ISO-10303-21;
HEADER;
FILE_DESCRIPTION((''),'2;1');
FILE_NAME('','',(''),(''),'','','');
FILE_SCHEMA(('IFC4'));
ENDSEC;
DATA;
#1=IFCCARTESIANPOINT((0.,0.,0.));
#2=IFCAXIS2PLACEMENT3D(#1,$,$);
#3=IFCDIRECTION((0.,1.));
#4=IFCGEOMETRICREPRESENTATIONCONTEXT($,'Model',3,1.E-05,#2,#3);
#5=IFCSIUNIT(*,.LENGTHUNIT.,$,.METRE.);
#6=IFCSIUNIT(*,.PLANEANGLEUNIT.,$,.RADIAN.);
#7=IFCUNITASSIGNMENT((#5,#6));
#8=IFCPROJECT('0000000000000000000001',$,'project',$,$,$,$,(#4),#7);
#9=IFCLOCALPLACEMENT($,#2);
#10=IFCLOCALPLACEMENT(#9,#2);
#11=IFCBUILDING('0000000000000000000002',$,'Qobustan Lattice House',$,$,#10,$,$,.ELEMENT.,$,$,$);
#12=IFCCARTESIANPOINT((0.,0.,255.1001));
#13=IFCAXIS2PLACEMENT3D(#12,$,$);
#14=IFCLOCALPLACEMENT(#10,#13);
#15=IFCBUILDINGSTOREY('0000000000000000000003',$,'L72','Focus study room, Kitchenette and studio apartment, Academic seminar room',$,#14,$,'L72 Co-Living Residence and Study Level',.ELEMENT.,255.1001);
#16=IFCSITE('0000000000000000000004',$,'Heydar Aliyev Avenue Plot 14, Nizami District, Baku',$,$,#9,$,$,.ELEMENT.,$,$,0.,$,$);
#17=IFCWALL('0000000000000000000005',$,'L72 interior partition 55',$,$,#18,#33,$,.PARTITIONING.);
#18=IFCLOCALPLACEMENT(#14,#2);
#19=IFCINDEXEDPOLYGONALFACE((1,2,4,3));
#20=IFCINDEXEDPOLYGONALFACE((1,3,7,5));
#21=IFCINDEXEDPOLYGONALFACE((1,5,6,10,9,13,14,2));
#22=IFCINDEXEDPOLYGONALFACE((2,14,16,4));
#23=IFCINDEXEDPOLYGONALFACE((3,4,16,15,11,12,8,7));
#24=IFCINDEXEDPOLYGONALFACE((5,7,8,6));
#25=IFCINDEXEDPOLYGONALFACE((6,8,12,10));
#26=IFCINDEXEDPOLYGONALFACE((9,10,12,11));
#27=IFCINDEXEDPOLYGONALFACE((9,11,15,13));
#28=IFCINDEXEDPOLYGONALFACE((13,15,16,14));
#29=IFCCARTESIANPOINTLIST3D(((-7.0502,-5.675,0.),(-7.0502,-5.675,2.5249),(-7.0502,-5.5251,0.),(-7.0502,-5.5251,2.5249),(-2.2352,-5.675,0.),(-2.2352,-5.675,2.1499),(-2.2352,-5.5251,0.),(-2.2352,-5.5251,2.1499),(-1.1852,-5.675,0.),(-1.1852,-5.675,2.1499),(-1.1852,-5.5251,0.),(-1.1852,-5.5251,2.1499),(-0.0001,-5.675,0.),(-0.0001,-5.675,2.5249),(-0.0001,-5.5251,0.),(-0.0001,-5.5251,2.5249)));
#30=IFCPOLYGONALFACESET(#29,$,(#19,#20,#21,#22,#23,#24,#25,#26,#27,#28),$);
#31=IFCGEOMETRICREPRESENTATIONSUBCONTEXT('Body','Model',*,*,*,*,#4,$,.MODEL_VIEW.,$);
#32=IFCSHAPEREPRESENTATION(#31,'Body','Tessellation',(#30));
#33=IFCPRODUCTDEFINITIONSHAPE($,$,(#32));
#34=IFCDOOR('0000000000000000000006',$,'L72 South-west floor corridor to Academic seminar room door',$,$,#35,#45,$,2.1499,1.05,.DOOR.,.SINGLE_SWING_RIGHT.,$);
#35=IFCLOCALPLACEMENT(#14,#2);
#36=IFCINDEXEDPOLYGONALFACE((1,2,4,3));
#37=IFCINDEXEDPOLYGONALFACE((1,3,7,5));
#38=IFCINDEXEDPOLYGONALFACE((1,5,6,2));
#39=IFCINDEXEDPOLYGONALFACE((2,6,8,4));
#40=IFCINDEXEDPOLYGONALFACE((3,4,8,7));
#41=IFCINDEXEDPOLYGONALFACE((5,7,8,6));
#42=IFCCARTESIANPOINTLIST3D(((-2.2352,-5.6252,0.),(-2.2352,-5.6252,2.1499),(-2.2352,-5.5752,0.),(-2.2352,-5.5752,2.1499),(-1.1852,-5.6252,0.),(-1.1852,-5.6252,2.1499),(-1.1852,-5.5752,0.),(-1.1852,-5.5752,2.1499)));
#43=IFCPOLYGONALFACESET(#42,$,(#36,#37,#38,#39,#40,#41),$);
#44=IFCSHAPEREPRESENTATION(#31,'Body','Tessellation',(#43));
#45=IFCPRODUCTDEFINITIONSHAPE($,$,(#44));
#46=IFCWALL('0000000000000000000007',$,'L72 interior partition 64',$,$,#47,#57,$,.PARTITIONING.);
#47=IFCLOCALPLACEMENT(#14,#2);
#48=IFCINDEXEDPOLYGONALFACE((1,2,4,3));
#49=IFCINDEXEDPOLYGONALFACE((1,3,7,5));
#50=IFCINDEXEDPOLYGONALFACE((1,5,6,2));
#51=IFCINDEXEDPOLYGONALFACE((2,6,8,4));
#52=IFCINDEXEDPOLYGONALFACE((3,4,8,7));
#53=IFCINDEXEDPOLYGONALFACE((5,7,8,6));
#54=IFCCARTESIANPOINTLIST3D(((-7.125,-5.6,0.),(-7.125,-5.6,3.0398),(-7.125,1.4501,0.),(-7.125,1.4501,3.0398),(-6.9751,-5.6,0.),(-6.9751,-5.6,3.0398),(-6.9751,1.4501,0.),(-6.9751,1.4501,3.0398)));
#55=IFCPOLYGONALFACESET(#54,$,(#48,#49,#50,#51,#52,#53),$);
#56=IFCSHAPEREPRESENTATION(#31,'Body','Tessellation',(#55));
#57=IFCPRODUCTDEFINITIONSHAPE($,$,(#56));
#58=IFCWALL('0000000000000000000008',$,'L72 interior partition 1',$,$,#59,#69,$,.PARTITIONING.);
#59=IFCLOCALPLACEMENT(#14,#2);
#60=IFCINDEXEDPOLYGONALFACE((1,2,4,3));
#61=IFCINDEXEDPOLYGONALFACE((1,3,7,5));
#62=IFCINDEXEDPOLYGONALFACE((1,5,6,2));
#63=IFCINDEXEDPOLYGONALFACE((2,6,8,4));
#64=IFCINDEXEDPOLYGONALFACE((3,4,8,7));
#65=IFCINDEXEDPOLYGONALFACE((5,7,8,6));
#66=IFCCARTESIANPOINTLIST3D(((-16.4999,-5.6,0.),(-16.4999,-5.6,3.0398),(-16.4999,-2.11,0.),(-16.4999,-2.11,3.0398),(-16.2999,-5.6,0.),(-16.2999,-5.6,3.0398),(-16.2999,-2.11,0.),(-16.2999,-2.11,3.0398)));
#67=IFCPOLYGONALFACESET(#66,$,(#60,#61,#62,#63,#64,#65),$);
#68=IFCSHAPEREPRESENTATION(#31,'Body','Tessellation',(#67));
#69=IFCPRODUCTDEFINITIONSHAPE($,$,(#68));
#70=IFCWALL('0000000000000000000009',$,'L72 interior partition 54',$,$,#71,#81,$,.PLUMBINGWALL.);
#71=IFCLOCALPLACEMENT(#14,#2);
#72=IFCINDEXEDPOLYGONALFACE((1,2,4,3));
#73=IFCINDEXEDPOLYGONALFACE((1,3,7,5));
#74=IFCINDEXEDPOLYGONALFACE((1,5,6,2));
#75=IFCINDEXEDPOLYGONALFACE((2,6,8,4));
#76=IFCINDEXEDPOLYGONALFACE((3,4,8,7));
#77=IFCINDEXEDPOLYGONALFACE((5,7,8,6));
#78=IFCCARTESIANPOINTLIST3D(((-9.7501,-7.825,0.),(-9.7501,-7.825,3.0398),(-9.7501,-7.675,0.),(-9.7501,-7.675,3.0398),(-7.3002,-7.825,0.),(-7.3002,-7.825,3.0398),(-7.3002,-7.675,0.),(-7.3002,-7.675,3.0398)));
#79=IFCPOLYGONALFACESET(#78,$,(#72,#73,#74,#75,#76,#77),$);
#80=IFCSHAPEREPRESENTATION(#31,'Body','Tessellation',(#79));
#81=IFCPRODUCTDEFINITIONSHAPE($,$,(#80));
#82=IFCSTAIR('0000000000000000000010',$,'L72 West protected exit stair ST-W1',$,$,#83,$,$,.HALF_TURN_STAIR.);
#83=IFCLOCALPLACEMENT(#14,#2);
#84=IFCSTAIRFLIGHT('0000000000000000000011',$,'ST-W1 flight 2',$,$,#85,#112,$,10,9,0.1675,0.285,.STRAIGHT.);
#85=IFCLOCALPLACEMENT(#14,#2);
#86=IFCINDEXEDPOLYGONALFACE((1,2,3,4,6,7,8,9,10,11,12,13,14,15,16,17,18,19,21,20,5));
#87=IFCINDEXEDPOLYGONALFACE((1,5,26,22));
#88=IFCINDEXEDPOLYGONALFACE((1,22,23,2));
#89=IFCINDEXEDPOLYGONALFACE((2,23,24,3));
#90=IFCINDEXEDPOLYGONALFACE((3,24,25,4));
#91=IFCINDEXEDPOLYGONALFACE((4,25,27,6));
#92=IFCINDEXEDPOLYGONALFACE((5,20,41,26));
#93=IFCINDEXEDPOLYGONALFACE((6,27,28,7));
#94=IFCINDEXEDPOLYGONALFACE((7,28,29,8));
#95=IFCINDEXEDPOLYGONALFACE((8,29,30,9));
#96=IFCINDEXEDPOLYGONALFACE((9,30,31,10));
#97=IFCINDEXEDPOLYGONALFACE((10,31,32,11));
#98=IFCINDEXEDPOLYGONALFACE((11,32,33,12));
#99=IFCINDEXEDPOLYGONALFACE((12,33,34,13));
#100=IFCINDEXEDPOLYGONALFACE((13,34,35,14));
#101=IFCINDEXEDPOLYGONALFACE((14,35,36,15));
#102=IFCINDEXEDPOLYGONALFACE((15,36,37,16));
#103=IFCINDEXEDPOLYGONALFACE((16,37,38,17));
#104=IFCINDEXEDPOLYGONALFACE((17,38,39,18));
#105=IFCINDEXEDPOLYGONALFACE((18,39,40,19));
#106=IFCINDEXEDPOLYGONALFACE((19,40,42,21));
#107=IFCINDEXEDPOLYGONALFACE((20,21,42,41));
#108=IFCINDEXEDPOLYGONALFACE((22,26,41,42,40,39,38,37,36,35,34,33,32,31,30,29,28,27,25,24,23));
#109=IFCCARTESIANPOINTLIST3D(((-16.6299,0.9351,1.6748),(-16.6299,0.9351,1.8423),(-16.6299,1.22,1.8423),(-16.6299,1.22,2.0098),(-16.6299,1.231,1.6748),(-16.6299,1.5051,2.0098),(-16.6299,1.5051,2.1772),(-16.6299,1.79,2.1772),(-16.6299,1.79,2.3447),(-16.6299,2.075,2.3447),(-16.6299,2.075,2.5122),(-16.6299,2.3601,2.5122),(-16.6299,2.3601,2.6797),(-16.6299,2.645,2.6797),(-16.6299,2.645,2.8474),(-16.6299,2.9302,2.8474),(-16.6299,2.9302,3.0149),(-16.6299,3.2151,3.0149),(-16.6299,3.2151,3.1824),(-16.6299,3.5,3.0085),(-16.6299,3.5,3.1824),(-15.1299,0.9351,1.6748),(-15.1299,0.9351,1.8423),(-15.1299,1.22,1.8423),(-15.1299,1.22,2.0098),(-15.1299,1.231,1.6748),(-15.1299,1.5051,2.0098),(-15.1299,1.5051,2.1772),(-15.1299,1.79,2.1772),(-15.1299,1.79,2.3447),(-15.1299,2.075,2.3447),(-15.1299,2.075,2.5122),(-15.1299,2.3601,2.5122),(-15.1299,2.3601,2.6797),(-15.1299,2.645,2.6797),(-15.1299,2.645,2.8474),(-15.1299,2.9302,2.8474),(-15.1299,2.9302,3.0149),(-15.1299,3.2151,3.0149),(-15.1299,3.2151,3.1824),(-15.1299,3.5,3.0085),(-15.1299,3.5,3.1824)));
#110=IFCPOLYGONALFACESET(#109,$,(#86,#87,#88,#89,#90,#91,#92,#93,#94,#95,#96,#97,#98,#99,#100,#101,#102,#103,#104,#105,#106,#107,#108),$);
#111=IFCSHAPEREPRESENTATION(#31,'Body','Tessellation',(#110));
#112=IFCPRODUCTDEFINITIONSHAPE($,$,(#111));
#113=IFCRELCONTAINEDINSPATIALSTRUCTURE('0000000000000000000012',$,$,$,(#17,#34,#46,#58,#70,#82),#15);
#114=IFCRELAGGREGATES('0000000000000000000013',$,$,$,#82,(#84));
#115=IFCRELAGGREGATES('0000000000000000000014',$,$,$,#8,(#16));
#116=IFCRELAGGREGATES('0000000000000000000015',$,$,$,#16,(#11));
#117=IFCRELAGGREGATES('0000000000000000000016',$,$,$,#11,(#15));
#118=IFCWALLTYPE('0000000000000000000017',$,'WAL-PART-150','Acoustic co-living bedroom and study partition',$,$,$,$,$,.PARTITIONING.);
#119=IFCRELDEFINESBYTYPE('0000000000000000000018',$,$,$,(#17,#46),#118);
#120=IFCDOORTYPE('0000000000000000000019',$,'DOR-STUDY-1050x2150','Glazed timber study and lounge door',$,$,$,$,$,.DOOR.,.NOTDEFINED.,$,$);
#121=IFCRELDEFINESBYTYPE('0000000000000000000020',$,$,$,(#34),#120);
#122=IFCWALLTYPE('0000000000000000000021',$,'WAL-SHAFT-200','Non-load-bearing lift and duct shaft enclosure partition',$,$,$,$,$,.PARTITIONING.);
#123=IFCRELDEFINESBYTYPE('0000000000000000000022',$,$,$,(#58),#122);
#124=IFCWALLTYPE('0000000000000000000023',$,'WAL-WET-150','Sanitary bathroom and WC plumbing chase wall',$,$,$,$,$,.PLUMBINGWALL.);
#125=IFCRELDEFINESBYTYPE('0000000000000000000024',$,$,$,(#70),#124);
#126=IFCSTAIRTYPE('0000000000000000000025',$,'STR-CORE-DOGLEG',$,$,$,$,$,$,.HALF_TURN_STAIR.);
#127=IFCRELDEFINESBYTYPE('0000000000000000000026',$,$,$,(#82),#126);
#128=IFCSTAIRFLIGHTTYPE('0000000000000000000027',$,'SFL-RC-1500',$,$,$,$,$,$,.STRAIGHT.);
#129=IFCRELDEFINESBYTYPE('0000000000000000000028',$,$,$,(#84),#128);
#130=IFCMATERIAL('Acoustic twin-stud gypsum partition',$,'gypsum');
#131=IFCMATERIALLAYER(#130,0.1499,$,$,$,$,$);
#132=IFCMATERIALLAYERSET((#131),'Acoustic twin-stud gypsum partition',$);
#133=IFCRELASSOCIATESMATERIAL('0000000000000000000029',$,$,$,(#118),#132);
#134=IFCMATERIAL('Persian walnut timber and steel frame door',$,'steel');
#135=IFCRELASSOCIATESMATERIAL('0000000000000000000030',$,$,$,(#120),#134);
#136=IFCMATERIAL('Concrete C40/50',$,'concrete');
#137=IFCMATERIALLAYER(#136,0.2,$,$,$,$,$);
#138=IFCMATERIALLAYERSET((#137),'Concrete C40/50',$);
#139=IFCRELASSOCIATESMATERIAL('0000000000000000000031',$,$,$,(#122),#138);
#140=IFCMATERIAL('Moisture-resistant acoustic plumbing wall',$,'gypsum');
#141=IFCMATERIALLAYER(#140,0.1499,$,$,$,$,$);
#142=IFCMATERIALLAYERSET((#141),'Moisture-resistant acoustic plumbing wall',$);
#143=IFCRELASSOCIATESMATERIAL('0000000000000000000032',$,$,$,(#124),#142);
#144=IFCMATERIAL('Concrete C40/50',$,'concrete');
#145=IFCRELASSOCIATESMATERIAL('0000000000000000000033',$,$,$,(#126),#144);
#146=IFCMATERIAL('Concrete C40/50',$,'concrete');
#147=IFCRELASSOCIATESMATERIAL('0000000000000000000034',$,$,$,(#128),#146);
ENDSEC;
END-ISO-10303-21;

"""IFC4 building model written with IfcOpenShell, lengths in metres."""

from ifc_helpers import new_model, si_unit, direction, frame, frame_2d, origin, place, context, subcontext, project, spatial, polyline, rectangle, outline, extrude, material, layer, layer_set, type_object, element, fill, aggregate, save


model = new_model("IFC4")

# Units and contexts
model_context = context("Model", 3, precision=1e-05, world=origin(), true_north=direction((0.0, 1.0)))
body_context = subcontext(model_context, "Body", "Model", "MODEL_VIEW")
ifc_project = project(units=[si_unit("LENGTHUNIT", "METRE"), si_unit("PLANEANGLEUNIT", "RADIAN")], contexts=[model_context])

# Site, building, storey
site_placement = place(None, origin())
site = spatial("IfcSite", under=ifc_project, at=site_placement, Name="Heydar Aliyev Avenue Plot 14, Nizami District, Baku", CompositionType="ELEMENT", RefElevation=0.0)
building_placement = place(site_placement, origin())
building = spatial("IfcBuilding", under=site, at=building_placement, Name="Qobustan Lattice House", CompositionType="ELEMENT")
storey_placement = place(building_placement, frame((0.0, 0.0, 255.1001)))
storey = spatial("IfcBuildingStorey", under=building, at=storey_placement, Name="L72", Description="Focus study room, Kitchenette and studio apartment, Academic seminar room", LongName="L72 Co-Living Residence and Study Level", CompositionType="ELEMENT", Elevation=255.1001)

# Wall, opening, door
ifc_material_1 = material(Name="Acoustic twin-stud gypsum partition", Category="gypsum")
ifc_layer_1 = layer(ifc_material_1, 0.1499)
ifc_layer_set_1 = layer_set([ifc_layer_1], Name="Acoustic twin-stud gypsum partition")
wall_type_1 = type_object("IfcWallType", Name="WAL-PART-150", Description="Acoustic co-living bedroom and study partition", PredefinedType="PARTITIONING", material=ifc_layer_set_1)
wall_1_placement = place(storey_placement, frame((-7.05, -5.6001, 0.0), z_axis=(0.0, 0.0, 1.0), x_axis=(1.0, 0.0, 0.0)))
wall_1 = element("IfcWall", 1, at=wall_1_placement, inside=storey, type_object=wall_type_1, Name="L72 interior partition 55", PredefinedType="PARTITIONING", context=body_context, shape_type="SweptSolid", body=[
    extrude(rectangle(XDim=7.05, YDim=0.1499, at=frame_2d((3.5249, 0.0))), origin(), (0.0, 0.0, 1.0), 2.5249),
])
opening_1_placement = place(wall_1_placement, frame((4.8149, 0.0, 0.0)))
opening_1 = element("IfcOpeningElement", 2, at=opening_1_placement, cuts=wall_1, PredefinedType="OPENING", context=body_context, shape_type="SweptSolid", body=[
    extrude(rectangle(XDim=1.05, YDim=2.1499, at=frame_2d((0.5249, 1.075))), frame((0.0, 0.085, 0.0), z_axis=(0.0, -1.0, 0.0), x_axis=(1.0, 0.0, 0.0)), (0.0, 0.0, 1.0), 0.1699),
])
ifc_material_2 = material(Name="Persian walnut timber and steel frame door", Category="steel")
door_type_1 = type_object("IfcDoorType", Name="DOR-STUDY-1050x2150", Description="Glazed timber study and lounge door", OperationType="NOTDEFINED", PredefinedType="DOOR", material=ifc_material_2)
door_1_placement = place(opening_1_placement, origin())
door_1 = element("IfcDoor", 3, at=door_1_placement, inside=storey, type_object=door_type_1, Name="L72 South-west floor corridor to Academic seminar room door", OperationType="SINGLE_SWING_RIGHT", OverallHeight=2.1499, OverallWidth=1.05, PredefinedType="DOOR", context=body_context, shape_type="SweptSolid", body=[
    extrude(rectangle(XDim=1.05, YDim=2.1499, at=frame_2d((0.5249, 1.075))), frame((0.0, 0.0249, 0.0), z_axis=(0.0, -1.0, 0.0), x_axis=(1.0, 0.0, 0.0)), (0.0, 0.0, 1.0), 0.05),
])
fill(opening_1, door_1)

# Walls
wall_2_placement = place(storey_placement, frame((-7.05, 1.45, 0.0), z_axis=(0.0, 0.0, 1.0), x_axis=(0.0, -1.0, 0.0)))
element("IfcWall", 4, at=wall_2_placement, inside=storey, type_object=wall_type_1, Name="L72 interior partition 64", PredefinedType="PARTITIONING", context=body_context, shape_type="SweptSolid", body=[
    extrude(rectangle(XDim=7.05, YDim=0.1499, at=frame_2d((3.5249, 0.0))), origin(), (0.0, 0.0, 1.0), 3.0398),
])
ifc_material_3 = material(Name="Concrete C40/50", Category="concrete")
ifc_layer_2 = layer(ifc_material_3, 0.2)
ifc_layer_set_2 = layer_set([ifc_layer_2], Name="Concrete C40/50")
wall_type_2 = type_object("IfcWallType", Name="WAL-SHAFT-200", Description="Non-load-bearing lift and duct shaft enclosure partition", PredefinedType="PARTITIONING", material=ifc_layer_set_2)
wall_3_placement = place(storey_placement, frame((-16.3999, -5.6001, 0.0), z_axis=(0.0, 0.0, 1.0), x_axis=(0.0, 1.0, 0.0)))
element("IfcWall", 5, at=wall_3_placement, inside=storey, type_object=wall_type_2, Name="L72 interior partition 1", PredefinedType="PARTITIONING", context=body_context, shape_type="SweptSolid", body=[
    extrude(rectangle(XDim=3.49, YDim=0.2, at=frame_2d((1.7451, 0.0))), origin(), (0.0, 0.0, 1.0), 3.0398),
])
ifc_material_4 = material(Name="Moisture-resistant acoustic plumbing wall", Category="gypsum")
ifc_layer_3 = layer(ifc_material_4, 0.1499)
ifc_layer_set_3 = layer_set([ifc_layer_3], Name="Moisture-resistant acoustic plumbing wall")
wall_type_3 = type_object("IfcWallType", Name="WAL-WET-150", Description="Sanitary bathroom and WC plumbing chase wall", PredefinedType="PLUMBINGWALL", material=ifc_layer_set_3)
wall_4_placement = place(storey_placement, frame((-7.3, -7.75, 0.0), z_axis=(0.0, 0.0, 1.0), x_axis=(-1.0, 0.0, 0.0)))
element("IfcWall", 6, at=wall_4_placement, inside=storey, type_object=wall_type_3, Name="L72 interior partition 54", PredefinedType="PLUMBINGWALL", context=body_context, shape_type="SweptSolid", body=[
    extrude(rectangle(XDim=2.45, YDim=0.1499, at=frame_2d((1.2251, 0.0))), origin(), (0.0, 0.0, 1.0), 3.0398),
])

# Stair, stair flight
ifc_material_5 = material(Name="Concrete C40/50", Category="concrete")
stair_type = type_object("IfcStairType", Name="STR-CORE-DOGLEG", PredefinedType="HALF_TURN_STAIR", material=ifc_material_5)
stair_placement = place(storey_placement, origin())
stair = element("IfcStair", 7, at=stair_placement, inside=storey, type_object=stair_type, Name="L72 West protected exit stair ST-W1", PredefinedType="HALF_TURN_STAIR")
ifc_material_6 = material(Name="Concrete C40/50", Category="concrete")
stair_flight_type = type_object("IfcStairFlightType", Name="SFL-RC-1500", PredefinedType="STRAIGHT", material=ifc_material_6)
stair_flight_placement = place(storey_placement, frame((-15.8799, 0.9351, 1.6748), z_axis=(0.0, 0.0, 1.0), x_axis=(0.0, 1.0, 0.0)))
stair_flight = element("IfcStairFlight", 8, at=stair_flight_placement, type_object=stair_flight_type, Name="ST-W1 flight 2", NumberOfRisers=10, NumberOfTreads=9, PredefinedType="STRAIGHT", RiserHeight=0.1675, TreadLength=0.285, context=body_context, shape_type="SweptSolid", body=[
    extrude(outline(polyline([(0.0, 0.0), (0.0, 0.1675), (0.2849, 0.1675), (0.2849, 0.335), (0.5701, 0.335), (0.5701, 0.5024), (0.855, 0.5024), (0.855, 0.6699), (1.1399, 0.6699), (1.1399, 0.8374), (1.425, 0.8374), (1.425, 1.0049), (1.71, 1.0049), (1.71, 1.1726), (1.9951, 1.1726), (1.9951, 1.3401), (2.28, 1.3401), (2.28, 1.5076), (2.5649, 1.5076), (2.5649, 1.675), (2.5649, 1.3337), (0.2959, 0.0), (0.0, 0.0)])), frame((0.0, 0.75, 0.0), z_axis=(0.0, -1.0, 0.0), x_axis=(1.0, 0.0, 0.0)), (0.0, 0.0, 1.0), 1.5),
])
aggregate(stair, [stair_flight])

save(model, "model.ifc")
